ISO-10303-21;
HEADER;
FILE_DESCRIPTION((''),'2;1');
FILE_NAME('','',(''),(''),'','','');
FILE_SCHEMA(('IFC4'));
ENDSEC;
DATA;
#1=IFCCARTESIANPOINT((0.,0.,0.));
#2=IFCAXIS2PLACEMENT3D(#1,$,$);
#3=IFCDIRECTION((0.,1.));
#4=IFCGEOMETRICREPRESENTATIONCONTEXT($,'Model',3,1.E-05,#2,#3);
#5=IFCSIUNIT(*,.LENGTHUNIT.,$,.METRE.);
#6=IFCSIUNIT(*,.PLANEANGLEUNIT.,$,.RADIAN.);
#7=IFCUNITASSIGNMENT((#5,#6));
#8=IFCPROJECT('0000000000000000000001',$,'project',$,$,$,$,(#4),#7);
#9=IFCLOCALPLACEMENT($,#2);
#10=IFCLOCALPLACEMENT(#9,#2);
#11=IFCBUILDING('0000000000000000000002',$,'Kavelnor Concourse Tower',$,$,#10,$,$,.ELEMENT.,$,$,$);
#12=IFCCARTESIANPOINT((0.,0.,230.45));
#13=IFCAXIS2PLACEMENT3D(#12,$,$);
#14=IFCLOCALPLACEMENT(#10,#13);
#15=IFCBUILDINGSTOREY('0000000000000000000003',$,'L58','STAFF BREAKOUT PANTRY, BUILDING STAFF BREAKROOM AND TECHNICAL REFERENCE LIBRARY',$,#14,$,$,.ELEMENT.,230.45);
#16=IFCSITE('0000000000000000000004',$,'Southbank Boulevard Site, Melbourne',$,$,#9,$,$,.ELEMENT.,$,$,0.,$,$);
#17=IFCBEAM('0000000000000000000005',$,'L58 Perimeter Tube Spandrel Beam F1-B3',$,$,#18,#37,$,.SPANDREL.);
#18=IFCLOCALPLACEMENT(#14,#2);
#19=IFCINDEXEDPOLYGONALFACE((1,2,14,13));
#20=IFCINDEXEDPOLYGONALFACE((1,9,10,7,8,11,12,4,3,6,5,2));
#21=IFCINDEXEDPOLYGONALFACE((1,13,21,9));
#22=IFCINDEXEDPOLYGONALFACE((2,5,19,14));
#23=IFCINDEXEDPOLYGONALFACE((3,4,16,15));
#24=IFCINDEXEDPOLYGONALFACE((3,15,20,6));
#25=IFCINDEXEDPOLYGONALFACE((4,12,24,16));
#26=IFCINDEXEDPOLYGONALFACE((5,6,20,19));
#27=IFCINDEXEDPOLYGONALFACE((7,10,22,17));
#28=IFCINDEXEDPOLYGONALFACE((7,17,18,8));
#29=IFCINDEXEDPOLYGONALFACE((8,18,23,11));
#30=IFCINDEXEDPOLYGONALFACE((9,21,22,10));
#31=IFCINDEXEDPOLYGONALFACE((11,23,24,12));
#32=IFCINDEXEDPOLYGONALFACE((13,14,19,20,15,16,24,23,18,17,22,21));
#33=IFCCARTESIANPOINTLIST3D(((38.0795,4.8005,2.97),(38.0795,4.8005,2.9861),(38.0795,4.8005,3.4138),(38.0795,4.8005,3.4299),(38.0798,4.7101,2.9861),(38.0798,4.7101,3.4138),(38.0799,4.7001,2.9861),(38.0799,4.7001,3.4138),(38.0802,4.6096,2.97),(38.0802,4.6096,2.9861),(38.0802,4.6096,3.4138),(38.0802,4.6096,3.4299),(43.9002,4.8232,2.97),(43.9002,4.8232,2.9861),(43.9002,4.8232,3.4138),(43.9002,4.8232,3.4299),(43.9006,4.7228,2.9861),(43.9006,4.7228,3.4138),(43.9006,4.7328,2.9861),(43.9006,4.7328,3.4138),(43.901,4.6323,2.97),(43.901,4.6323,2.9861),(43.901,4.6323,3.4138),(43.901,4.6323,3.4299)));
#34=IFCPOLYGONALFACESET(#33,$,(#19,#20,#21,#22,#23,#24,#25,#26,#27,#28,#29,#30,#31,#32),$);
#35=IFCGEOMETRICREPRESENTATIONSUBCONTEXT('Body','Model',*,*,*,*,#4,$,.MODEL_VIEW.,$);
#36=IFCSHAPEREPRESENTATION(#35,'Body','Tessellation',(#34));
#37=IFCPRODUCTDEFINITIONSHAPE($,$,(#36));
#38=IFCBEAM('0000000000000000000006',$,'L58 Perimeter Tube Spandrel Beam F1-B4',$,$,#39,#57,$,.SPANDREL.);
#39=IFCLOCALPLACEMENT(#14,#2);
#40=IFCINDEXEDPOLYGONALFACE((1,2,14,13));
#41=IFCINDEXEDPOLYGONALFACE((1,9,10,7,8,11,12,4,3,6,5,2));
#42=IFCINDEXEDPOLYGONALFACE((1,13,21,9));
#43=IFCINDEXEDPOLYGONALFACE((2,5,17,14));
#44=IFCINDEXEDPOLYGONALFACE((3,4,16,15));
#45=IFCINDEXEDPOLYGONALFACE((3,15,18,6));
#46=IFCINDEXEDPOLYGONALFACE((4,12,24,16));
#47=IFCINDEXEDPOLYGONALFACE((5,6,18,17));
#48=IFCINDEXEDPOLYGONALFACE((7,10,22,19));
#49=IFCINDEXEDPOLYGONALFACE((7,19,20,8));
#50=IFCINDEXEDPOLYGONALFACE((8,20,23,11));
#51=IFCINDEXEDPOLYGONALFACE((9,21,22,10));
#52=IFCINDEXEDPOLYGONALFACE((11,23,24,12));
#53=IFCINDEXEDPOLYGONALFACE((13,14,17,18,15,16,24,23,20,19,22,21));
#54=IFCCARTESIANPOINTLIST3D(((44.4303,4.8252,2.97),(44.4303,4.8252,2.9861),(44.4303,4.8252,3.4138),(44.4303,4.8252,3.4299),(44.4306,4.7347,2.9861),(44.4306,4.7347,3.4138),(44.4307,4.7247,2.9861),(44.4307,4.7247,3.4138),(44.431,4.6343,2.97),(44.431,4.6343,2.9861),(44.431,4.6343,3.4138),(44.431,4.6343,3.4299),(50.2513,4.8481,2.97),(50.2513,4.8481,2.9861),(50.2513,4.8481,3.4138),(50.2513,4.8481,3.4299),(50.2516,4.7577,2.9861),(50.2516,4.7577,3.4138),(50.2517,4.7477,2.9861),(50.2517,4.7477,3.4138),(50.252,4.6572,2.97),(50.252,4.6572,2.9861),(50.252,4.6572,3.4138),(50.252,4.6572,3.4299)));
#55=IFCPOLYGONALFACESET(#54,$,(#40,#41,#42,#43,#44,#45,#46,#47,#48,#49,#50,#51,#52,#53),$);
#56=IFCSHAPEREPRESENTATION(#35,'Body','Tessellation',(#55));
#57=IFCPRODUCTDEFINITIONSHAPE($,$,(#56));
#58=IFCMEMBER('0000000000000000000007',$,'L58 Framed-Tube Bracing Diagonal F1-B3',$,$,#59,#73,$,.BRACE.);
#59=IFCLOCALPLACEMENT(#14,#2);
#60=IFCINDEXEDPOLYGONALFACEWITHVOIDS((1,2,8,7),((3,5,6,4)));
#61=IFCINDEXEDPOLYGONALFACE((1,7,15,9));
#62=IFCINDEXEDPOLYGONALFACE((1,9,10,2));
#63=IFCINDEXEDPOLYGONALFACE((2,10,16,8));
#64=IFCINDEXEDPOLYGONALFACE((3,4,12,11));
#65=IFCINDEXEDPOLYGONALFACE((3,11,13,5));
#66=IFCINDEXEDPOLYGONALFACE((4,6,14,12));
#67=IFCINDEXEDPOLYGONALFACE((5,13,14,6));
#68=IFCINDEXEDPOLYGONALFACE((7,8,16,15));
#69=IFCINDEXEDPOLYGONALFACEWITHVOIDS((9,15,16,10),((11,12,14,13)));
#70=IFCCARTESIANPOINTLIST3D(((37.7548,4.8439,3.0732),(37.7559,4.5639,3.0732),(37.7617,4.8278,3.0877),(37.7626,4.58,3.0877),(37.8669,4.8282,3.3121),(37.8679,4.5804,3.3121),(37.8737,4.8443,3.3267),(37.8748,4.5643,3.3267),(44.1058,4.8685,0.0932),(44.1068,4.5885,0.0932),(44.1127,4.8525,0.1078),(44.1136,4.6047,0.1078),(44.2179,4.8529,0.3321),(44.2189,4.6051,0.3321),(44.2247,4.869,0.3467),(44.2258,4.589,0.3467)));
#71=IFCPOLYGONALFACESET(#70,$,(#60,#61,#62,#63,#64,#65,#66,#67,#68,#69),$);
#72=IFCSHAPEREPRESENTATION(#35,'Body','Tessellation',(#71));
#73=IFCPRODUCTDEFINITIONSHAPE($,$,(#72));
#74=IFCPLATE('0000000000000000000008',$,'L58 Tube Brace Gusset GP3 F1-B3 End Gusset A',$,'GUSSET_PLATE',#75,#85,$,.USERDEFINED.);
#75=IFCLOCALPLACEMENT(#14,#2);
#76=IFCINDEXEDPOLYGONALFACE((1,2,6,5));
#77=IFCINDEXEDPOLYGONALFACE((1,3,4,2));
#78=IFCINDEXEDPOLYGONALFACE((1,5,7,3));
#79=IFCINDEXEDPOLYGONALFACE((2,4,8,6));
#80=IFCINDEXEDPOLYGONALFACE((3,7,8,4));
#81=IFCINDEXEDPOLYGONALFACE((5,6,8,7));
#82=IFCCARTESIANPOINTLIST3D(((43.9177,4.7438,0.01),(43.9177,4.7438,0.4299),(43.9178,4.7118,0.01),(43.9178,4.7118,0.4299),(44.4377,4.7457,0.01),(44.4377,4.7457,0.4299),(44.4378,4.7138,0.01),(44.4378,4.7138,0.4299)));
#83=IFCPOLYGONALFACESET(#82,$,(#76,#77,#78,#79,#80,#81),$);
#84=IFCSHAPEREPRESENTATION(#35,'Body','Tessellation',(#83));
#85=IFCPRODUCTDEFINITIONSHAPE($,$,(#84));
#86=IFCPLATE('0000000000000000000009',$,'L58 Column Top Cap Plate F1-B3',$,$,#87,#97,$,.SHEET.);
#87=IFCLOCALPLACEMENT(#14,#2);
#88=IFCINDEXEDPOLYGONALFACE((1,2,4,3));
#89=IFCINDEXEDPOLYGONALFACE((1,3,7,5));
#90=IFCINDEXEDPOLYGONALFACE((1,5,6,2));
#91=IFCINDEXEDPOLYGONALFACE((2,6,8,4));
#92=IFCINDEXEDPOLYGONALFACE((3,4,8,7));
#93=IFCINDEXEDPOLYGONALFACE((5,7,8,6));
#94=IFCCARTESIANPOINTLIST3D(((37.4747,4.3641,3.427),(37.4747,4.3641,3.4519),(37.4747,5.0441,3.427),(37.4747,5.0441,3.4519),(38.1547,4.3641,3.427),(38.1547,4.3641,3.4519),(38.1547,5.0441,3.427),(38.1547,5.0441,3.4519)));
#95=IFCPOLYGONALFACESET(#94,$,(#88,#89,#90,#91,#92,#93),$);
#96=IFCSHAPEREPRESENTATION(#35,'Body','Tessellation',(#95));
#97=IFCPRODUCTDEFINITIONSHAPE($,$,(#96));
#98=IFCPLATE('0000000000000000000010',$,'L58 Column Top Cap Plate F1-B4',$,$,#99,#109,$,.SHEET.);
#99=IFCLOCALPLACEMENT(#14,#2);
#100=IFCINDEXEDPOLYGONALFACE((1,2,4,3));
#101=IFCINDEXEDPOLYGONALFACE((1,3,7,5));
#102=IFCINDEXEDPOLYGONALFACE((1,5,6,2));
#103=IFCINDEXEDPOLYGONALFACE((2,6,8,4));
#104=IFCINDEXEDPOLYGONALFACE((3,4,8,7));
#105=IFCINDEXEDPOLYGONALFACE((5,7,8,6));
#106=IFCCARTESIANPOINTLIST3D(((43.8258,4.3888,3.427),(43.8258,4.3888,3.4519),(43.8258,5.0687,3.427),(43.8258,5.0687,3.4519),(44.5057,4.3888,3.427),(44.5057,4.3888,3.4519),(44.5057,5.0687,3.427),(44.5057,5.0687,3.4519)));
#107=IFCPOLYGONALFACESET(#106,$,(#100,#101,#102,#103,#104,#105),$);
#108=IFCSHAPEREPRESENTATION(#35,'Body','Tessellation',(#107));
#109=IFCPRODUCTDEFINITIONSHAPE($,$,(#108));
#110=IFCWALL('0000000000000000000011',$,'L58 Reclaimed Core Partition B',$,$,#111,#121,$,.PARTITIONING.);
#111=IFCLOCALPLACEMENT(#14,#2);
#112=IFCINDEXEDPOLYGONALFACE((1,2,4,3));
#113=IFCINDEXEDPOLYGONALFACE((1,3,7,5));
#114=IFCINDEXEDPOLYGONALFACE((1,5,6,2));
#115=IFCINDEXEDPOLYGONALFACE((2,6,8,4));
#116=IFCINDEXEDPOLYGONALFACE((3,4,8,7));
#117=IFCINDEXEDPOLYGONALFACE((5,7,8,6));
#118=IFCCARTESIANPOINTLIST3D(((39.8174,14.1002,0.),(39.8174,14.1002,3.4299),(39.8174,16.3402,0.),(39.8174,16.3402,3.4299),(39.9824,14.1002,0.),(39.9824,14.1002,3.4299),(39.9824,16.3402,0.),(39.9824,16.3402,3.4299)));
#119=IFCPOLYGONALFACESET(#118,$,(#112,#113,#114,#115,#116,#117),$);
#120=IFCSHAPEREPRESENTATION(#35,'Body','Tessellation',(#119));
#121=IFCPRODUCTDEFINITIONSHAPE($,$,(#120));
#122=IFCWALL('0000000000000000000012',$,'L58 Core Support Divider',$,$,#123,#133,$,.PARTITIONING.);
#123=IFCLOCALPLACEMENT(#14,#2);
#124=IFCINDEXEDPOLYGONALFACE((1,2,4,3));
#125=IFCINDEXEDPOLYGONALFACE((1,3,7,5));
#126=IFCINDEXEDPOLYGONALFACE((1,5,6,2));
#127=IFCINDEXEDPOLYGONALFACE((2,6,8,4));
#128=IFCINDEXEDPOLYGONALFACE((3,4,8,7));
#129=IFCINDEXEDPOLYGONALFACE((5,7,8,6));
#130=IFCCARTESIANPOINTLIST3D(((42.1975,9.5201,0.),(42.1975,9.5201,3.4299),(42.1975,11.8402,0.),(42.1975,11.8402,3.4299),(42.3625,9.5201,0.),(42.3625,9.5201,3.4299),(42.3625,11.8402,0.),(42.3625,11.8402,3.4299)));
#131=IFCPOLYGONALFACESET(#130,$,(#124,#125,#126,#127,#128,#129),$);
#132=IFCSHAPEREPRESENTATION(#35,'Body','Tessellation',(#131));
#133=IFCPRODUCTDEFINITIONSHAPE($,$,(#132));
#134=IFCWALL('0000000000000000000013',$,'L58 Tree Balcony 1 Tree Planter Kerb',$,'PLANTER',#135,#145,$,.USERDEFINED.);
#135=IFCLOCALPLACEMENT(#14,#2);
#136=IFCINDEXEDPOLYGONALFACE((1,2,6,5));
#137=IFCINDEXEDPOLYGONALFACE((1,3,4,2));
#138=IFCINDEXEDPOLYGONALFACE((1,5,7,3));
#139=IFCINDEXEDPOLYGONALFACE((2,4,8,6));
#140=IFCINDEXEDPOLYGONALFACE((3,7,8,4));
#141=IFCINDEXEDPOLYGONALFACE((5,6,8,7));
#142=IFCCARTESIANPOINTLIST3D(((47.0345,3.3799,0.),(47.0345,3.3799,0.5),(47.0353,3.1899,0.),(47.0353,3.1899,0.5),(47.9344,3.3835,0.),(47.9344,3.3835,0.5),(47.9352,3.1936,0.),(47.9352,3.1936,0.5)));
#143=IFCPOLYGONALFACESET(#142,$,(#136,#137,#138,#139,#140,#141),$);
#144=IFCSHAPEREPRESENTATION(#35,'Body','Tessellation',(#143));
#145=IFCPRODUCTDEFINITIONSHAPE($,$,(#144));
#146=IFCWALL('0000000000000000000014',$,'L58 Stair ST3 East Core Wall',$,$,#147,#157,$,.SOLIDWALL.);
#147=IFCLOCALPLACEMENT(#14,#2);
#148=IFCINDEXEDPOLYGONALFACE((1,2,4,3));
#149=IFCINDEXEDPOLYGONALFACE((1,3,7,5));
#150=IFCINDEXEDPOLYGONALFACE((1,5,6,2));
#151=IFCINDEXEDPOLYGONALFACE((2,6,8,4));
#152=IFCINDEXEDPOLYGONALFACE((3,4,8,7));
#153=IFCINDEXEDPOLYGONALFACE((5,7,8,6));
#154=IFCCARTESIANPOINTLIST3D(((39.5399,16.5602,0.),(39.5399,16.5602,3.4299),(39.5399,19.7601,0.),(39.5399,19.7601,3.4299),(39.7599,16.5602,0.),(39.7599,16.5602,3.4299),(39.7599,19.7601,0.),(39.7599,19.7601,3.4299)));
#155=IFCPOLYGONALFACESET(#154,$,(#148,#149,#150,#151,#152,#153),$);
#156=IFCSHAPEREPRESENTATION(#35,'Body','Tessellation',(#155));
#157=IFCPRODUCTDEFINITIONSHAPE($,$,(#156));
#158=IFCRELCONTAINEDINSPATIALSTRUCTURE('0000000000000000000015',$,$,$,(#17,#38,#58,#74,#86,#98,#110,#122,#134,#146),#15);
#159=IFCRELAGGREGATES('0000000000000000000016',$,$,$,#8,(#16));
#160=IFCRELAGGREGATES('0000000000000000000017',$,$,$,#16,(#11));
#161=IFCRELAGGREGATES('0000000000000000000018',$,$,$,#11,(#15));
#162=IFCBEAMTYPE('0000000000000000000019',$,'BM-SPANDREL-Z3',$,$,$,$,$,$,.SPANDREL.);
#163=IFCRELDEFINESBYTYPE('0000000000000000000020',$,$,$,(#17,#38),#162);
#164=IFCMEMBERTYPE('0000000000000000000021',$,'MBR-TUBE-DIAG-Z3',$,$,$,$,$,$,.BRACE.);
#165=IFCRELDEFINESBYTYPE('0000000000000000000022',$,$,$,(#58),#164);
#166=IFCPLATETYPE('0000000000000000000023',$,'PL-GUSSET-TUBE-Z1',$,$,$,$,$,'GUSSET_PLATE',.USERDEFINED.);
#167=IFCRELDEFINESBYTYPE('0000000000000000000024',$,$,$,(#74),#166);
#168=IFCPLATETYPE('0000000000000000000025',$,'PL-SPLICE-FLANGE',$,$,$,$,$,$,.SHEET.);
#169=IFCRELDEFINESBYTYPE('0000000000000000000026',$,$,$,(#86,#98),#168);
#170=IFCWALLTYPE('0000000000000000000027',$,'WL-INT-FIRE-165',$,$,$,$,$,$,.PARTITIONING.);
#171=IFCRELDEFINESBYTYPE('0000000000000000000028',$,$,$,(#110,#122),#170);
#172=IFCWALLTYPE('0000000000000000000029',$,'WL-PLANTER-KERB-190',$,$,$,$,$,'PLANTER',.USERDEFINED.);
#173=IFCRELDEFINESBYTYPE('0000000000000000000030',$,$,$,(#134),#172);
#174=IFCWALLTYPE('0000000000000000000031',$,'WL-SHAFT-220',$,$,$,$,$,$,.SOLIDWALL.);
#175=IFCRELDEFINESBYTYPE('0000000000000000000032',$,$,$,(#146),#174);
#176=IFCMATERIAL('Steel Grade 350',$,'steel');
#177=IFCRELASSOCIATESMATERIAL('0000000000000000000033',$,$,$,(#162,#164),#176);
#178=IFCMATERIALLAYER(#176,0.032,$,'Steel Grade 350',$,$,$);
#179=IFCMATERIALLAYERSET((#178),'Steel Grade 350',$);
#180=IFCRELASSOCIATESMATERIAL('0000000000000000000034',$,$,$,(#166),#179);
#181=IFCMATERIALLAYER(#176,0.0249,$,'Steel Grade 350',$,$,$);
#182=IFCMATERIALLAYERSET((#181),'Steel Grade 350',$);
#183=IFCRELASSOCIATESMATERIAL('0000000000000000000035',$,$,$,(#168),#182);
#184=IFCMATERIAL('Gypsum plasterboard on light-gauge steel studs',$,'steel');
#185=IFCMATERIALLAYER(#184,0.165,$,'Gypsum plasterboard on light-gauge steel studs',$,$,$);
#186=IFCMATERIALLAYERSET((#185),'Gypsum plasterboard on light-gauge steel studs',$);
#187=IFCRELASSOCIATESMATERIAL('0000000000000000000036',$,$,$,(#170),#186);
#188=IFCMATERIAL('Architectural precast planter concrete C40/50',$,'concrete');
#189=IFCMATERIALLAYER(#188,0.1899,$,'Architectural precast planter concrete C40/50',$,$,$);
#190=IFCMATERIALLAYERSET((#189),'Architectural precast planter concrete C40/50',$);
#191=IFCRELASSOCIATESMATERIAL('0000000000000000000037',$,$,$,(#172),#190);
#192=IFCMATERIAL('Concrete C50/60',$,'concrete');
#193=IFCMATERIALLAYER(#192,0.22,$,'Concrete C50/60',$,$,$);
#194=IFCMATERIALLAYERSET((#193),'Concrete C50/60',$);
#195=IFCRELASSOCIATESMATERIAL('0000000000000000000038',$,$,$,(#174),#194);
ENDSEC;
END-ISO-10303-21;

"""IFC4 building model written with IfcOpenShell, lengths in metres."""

from ifc_helpers import new_model, si_unit, direction, frame, frame_2d, origin, origin_2d, place, context, subcontext, project, spatial, rectangle, hollow_rectangle, i_section, extrude, material, layer, layer_set, material_profile, profile_set, type_object, element, save


model = new_model("IFC4")

# Units and contexts
model_context = context("Model", 3, precision=1e-05, world=origin(), true_north=direction((0.0, 1.0)))
body_context = subcontext(model_context, "Body", "Model", "MODEL_VIEW")
ifc_project = project(units=[si_unit("LENGTHUNIT", "METRE"), si_unit("PLANEANGLEUNIT", "RADIAN")], contexts=[model_context])

# Site, building, storey
site_placement = place(None, origin())
site = spatial("IfcSite", under=ifc_project, at=site_placement, Name="Southbank Boulevard Site, Melbourne", CompositionType="ELEMENT", RefElevation=0.0)
building_placement = place(site_placement, origin())
building = spatial("IfcBuilding", under=site, at=building_placement, Name="Kavelnor Concourse Tower", CompositionType="ELEMENT")
storey_placement = place(building_placement, frame((0.0, 0.0, 230.45)))
storey = spatial("IfcBuildingStorey", under=building, at=storey_placement, Name="L58", Description="STAFF BREAKOUT PANTRY, BUILDING STAFF BREAKROOM AND TECHNICAL REFERENCE LIBRARY", CompositionType="ELEMENT", Elevation=230.45)

# Shared definitions
ifc_material_1 = material(Name="Steel Grade 350", Category="steel")

# Beams
ifc_material_profile_1 = material_profile(ifc_material_1, i_section(OverallWidth=0.1909, OverallDepth=0.46, WebThickness=0.01, FlangeThickness=0.0161, at=origin_2d()), Name="460UB82")
ifc_profile_set_1 = profile_set([ifc_material_profile_1], Name="Steel Grade 350")
beam_type_1 = type_object("IfcBeamType", Name="BM-SPANDREL-Z3", PredefinedType="SPANDREL", material=ifc_profile_set_1)
beam_1_placement = place(storey_placement, frame((38.0798, 4.7051, 3.2), z_axis=(0.999992, 0.003901, 0.0), x_axis=(-0.003901, 0.999992, 0.0)))
element("IfcBeam", 1, at=beam_1_placement, inside=storey, type_object=beam_type_1, Name="L58 Perimeter Tube Spandrel Beam F1-B3", PredefinedType="SPANDREL", context=body_context, shape_type="SweptSolid", body=[
    extrude(i_section(OverallWidth=0.1909, OverallDepth=0.46, WebThickness=0.01, FlangeThickness=0.0161, at=origin_2d()), origin(), (0.0, 0.0, 1.0), 5.8208),
])
beam_2_placement = place(storey_placement, frame((44.4307, 4.7297, 3.2), z_axis=(0.999992, 0.003942, 0.0), x_axis=(-0.003942, 0.999992, 0.0)))
element("IfcBeam", 2, at=beam_2_placement, inside=storey, type_object=beam_type_1, Name="L58 Perimeter Tube Spandrel Beam F1-B4", PredefinedType="SPANDREL", context=body_context, shape_type="SweptSolid", body=[
    extrude(i_section(OverallWidth=0.1909, OverallDepth=0.46, WebThickness=0.01, FlangeThickness=0.0161, at=origin_2d()), origin(), (0.0, 0.0, 1.0), 5.821),
])

# Member
ifc_material_profile_2 = material_profile(ifc_material_1, hollow_rectangle(XDim=0.28, YDim=0.28, WallThickness=0.0161, at=origin_2d()), Name="SHS 280x280x16")
ifc_profile_set_2 = profile_set([ifc_material_profile_2], Name="Steel Grade 350")
member_type = type_object("IfcMemberType", Name="MBR-TUBE-DIAG-Z3", PredefinedType="BRACE", material=ifc_profile_set_2)
member_placement = place(storey_placement, frame((44.1658, 4.7288, 0.22), z_axis=(-0.905294, -0.003515, 0.424772), x_axis=(0.003882, -0.999992, 0.0)))
element("IfcMember", 3, at=member_placement, inside=storey, type_object=member_type, Name="L58 Framed-Tube Bracing Diagonal F1-B3", PredefinedType="BRACE", context=body_context, shape_type="SweptSolid", body=[
    extrude(hollow_rectangle(XDim=0.28, YDim=0.28, WallThickness=0.0161, at=origin_2d()), origin(), (0.0, 0.0, 1.0), 7.0154),
])

# Plates
ifc_layer_1 = layer(ifc_material_1, 0.032, Name="Steel Grade 350")
ifc_layer_set_1 = layer_set([ifc_layer_1], Name="Steel Grade 350")
plate_type_1 = type_object("IfcPlateType", Name="PL-GUSSET-TUBE-Z1", ElementType="GUSSET_PLATE", PredefinedType="USERDEFINED", material=ifc_layer_set_1)
plate_placement = place(storey_placement, frame((44.1777, 4.7288, 0.01), z_axis=(0.0, 0.0, 1.0), x_axis=(-0.999993, -0.00384, 0.0)))
element("IfcPlate", 4, at=plate_placement, inside=storey, type_object=plate_type_1, Name="L58 Tube Brace Gusset GP3 F1-B3 End Gusset A", ObjectType="GUSSET_PLATE", PredefinedType="USERDEFINED", context=body_context, shape_type="SweptSolid", body=[
    extrude(rectangle(XDim=0.52, YDim=0.032, at=origin_2d()), origin(), (0.0, 0.0, 1.0), 0.4199),
])
ifc_layer_2 = layer(ifc_material_1, 0.0249, Name="Steel Grade 350")
ifc_layer_set_2 = layer_set([ifc_layer_2], Name="Steel Grade 350")
plate_type_2 = type_object("IfcPlateType", Name="PL-SPLICE-FLANGE", PredefinedType="SHEET", material=ifc_layer_set_2)
for number, where, z_axis, x_axis, name in (
    (5, (37.8147, 4.7041, 3.427), (0.0, 0.0, 1.0), (1.0, 0.0, 0.0), "L58 Column Top Cap Plate F1-B3"),
    (6, (44.1658, 4.7288, 3.427), (0.0, 0.0, 1.0), (1.0, 0.0, 0.0), "L58 Column Top Cap Plate F1-B4"),
):
    element("IfcPlate", number, at=place(storey_placement, frame(where, z_axis=z_axis, x_axis=x_axis)), inside=storey, type_object=plate_type_2, Name=name, PredefinedType="SHEET", context=body_context, shape_type="SweptSolid", body=[
        extrude(rectangle(XDim=0.6799, YDim=0.6799, at=origin_2d()), origin(), (0.0, 0.0, 1.0), 0.0249),
    ])

# Walls
ifc_material_2 = material(Name="Gypsum plasterboard on light-gauge steel studs", Category="steel")
ifc_layer_3 = layer(ifc_material_2, 0.165, Name="Gypsum plasterboard on light-gauge steel studs")
ifc_layer_set_3 = layer_set([ifc_layer_3], Name="Gypsum plasterboard on light-gauge steel studs")
wall_type_1 = type_object("IfcWallType", Name="WL-INT-FIRE-165", PredefinedType="PARTITIONING", material=ifc_layer_set_3)
wall_1_placement = place(storey_placement, frame((39.8999, 14.1001, 0.0), z_axis=(0.0, 0.0, 1.0), x_axis=(0.0, 1.0, 0.0)))
element("IfcWall", 7, at=wall_1_placement, inside=storey, type_object=wall_type_1, Name="L58 Reclaimed Core Partition B", PredefinedType="PARTITIONING", context=body_context, shape_type="SweptSolid", body=[
    extrude(rectangle(XDim=2.24, YDim=0.165, at=frame_2d((1.1201, 0.0))), origin(), (0.0, 0.0, 1.0), 3.4299),
])
wall_2_placement = place(storey_placement, frame((42.28, 9.52, 0.0), z_axis=(0.0, 0.0, 1.0), x_axis=(0.0, 1.0, 0.0)))
element("IfcWall", 8, at=wall_2_placement, inside=storey, type_object=wall_type_1, Name="L58 Core Support Divider", PredefinedType="PARTITIONING", context=body_context, shape_type="SweptSolid", body=[
    extrude(rectangle(XDim=2.3201, YDim=0.165, at=frame_2d((1.1602, 0.0))), origin(), (0.0, 0.0, 1.0), 3.4299),
])
ifc_material_3 = material(Name="Architectural precast planter concrete C40/50", Category="concrete")
ifc_layer_4 = layer(ifc_material_3, 0.1899, Name="Architectural precast planter concrete C40/50")
ifc_layer_set_4 = layer_set([ifc_layer_4], Name="Architectural precast planter concrete C40/50")
wall_type_2 = type_object("IfcWallType", Name="WL-PLANTER-KERB-190", ElementType="PLANTER", PredefinedType="USERDEFINED", material=ifc_layer_set_4)
wall_3_placement = place(storey_placement, frame((47.0349, 3.2849, 0.0), z_axis=(0.0, 0.0, 1.0), x_axis=(0.999992, 0.004069, 0.0)))
element("IfcWall", 9, at=wall_3_placement, inside=storey, type_object=wall_type_2, Name="L58 Tree Balcony 1 Tree Planter Kerb", ObjectType="PLANTER", PredefinedType="USERDEFINED", context=body_context, shape_type="SweptSolid", body=[
    extrude(rectangle(XDim=0.8999, YDim=0.1899, at=frame_2d((0.45, 0.0))), origin(), (0.0, 0.0, 1.0), 0.5),
])
ifc_material_4 = material(Name="Concrete C50/60", Category="concrete")
ifc_layer_5 = layer(ifc_material_4, 0.22, Name="Concrete C50/60")
ifc_layer_set_5 = layer_set([ifc_layer_5], Name="Concrete C50/60")
wall_type_3 = type_object("IfcWallType", Name="WL-SHAFT-220", PredefinedType="SOLIDWALL", material=ifc_layer_set_5)
wall_4_placement = place(storey_placement, frame((39.6499, 16.5601, 0.0), z_axis=(0.0, 0.0, 1.0), x_axis=(0.0, 1.0, 0.0)))
element("IfcWall", 10, at=wall_4_placement, inside=storey, type_object=wall_type_3, Name="L58 Stair ST3 East Core Wall", PredefinedType="SOLIDWALL", context=body_context, shape_type="SweptSolid", body=[
    extrude(rectangle(XDim=3.2, YDim=0.22, at=frame_2d((1.6001, 0.0))), origin(), (0.0, 0.0, 1.0), 3.4299),
])

save(model, "model.ifc")
